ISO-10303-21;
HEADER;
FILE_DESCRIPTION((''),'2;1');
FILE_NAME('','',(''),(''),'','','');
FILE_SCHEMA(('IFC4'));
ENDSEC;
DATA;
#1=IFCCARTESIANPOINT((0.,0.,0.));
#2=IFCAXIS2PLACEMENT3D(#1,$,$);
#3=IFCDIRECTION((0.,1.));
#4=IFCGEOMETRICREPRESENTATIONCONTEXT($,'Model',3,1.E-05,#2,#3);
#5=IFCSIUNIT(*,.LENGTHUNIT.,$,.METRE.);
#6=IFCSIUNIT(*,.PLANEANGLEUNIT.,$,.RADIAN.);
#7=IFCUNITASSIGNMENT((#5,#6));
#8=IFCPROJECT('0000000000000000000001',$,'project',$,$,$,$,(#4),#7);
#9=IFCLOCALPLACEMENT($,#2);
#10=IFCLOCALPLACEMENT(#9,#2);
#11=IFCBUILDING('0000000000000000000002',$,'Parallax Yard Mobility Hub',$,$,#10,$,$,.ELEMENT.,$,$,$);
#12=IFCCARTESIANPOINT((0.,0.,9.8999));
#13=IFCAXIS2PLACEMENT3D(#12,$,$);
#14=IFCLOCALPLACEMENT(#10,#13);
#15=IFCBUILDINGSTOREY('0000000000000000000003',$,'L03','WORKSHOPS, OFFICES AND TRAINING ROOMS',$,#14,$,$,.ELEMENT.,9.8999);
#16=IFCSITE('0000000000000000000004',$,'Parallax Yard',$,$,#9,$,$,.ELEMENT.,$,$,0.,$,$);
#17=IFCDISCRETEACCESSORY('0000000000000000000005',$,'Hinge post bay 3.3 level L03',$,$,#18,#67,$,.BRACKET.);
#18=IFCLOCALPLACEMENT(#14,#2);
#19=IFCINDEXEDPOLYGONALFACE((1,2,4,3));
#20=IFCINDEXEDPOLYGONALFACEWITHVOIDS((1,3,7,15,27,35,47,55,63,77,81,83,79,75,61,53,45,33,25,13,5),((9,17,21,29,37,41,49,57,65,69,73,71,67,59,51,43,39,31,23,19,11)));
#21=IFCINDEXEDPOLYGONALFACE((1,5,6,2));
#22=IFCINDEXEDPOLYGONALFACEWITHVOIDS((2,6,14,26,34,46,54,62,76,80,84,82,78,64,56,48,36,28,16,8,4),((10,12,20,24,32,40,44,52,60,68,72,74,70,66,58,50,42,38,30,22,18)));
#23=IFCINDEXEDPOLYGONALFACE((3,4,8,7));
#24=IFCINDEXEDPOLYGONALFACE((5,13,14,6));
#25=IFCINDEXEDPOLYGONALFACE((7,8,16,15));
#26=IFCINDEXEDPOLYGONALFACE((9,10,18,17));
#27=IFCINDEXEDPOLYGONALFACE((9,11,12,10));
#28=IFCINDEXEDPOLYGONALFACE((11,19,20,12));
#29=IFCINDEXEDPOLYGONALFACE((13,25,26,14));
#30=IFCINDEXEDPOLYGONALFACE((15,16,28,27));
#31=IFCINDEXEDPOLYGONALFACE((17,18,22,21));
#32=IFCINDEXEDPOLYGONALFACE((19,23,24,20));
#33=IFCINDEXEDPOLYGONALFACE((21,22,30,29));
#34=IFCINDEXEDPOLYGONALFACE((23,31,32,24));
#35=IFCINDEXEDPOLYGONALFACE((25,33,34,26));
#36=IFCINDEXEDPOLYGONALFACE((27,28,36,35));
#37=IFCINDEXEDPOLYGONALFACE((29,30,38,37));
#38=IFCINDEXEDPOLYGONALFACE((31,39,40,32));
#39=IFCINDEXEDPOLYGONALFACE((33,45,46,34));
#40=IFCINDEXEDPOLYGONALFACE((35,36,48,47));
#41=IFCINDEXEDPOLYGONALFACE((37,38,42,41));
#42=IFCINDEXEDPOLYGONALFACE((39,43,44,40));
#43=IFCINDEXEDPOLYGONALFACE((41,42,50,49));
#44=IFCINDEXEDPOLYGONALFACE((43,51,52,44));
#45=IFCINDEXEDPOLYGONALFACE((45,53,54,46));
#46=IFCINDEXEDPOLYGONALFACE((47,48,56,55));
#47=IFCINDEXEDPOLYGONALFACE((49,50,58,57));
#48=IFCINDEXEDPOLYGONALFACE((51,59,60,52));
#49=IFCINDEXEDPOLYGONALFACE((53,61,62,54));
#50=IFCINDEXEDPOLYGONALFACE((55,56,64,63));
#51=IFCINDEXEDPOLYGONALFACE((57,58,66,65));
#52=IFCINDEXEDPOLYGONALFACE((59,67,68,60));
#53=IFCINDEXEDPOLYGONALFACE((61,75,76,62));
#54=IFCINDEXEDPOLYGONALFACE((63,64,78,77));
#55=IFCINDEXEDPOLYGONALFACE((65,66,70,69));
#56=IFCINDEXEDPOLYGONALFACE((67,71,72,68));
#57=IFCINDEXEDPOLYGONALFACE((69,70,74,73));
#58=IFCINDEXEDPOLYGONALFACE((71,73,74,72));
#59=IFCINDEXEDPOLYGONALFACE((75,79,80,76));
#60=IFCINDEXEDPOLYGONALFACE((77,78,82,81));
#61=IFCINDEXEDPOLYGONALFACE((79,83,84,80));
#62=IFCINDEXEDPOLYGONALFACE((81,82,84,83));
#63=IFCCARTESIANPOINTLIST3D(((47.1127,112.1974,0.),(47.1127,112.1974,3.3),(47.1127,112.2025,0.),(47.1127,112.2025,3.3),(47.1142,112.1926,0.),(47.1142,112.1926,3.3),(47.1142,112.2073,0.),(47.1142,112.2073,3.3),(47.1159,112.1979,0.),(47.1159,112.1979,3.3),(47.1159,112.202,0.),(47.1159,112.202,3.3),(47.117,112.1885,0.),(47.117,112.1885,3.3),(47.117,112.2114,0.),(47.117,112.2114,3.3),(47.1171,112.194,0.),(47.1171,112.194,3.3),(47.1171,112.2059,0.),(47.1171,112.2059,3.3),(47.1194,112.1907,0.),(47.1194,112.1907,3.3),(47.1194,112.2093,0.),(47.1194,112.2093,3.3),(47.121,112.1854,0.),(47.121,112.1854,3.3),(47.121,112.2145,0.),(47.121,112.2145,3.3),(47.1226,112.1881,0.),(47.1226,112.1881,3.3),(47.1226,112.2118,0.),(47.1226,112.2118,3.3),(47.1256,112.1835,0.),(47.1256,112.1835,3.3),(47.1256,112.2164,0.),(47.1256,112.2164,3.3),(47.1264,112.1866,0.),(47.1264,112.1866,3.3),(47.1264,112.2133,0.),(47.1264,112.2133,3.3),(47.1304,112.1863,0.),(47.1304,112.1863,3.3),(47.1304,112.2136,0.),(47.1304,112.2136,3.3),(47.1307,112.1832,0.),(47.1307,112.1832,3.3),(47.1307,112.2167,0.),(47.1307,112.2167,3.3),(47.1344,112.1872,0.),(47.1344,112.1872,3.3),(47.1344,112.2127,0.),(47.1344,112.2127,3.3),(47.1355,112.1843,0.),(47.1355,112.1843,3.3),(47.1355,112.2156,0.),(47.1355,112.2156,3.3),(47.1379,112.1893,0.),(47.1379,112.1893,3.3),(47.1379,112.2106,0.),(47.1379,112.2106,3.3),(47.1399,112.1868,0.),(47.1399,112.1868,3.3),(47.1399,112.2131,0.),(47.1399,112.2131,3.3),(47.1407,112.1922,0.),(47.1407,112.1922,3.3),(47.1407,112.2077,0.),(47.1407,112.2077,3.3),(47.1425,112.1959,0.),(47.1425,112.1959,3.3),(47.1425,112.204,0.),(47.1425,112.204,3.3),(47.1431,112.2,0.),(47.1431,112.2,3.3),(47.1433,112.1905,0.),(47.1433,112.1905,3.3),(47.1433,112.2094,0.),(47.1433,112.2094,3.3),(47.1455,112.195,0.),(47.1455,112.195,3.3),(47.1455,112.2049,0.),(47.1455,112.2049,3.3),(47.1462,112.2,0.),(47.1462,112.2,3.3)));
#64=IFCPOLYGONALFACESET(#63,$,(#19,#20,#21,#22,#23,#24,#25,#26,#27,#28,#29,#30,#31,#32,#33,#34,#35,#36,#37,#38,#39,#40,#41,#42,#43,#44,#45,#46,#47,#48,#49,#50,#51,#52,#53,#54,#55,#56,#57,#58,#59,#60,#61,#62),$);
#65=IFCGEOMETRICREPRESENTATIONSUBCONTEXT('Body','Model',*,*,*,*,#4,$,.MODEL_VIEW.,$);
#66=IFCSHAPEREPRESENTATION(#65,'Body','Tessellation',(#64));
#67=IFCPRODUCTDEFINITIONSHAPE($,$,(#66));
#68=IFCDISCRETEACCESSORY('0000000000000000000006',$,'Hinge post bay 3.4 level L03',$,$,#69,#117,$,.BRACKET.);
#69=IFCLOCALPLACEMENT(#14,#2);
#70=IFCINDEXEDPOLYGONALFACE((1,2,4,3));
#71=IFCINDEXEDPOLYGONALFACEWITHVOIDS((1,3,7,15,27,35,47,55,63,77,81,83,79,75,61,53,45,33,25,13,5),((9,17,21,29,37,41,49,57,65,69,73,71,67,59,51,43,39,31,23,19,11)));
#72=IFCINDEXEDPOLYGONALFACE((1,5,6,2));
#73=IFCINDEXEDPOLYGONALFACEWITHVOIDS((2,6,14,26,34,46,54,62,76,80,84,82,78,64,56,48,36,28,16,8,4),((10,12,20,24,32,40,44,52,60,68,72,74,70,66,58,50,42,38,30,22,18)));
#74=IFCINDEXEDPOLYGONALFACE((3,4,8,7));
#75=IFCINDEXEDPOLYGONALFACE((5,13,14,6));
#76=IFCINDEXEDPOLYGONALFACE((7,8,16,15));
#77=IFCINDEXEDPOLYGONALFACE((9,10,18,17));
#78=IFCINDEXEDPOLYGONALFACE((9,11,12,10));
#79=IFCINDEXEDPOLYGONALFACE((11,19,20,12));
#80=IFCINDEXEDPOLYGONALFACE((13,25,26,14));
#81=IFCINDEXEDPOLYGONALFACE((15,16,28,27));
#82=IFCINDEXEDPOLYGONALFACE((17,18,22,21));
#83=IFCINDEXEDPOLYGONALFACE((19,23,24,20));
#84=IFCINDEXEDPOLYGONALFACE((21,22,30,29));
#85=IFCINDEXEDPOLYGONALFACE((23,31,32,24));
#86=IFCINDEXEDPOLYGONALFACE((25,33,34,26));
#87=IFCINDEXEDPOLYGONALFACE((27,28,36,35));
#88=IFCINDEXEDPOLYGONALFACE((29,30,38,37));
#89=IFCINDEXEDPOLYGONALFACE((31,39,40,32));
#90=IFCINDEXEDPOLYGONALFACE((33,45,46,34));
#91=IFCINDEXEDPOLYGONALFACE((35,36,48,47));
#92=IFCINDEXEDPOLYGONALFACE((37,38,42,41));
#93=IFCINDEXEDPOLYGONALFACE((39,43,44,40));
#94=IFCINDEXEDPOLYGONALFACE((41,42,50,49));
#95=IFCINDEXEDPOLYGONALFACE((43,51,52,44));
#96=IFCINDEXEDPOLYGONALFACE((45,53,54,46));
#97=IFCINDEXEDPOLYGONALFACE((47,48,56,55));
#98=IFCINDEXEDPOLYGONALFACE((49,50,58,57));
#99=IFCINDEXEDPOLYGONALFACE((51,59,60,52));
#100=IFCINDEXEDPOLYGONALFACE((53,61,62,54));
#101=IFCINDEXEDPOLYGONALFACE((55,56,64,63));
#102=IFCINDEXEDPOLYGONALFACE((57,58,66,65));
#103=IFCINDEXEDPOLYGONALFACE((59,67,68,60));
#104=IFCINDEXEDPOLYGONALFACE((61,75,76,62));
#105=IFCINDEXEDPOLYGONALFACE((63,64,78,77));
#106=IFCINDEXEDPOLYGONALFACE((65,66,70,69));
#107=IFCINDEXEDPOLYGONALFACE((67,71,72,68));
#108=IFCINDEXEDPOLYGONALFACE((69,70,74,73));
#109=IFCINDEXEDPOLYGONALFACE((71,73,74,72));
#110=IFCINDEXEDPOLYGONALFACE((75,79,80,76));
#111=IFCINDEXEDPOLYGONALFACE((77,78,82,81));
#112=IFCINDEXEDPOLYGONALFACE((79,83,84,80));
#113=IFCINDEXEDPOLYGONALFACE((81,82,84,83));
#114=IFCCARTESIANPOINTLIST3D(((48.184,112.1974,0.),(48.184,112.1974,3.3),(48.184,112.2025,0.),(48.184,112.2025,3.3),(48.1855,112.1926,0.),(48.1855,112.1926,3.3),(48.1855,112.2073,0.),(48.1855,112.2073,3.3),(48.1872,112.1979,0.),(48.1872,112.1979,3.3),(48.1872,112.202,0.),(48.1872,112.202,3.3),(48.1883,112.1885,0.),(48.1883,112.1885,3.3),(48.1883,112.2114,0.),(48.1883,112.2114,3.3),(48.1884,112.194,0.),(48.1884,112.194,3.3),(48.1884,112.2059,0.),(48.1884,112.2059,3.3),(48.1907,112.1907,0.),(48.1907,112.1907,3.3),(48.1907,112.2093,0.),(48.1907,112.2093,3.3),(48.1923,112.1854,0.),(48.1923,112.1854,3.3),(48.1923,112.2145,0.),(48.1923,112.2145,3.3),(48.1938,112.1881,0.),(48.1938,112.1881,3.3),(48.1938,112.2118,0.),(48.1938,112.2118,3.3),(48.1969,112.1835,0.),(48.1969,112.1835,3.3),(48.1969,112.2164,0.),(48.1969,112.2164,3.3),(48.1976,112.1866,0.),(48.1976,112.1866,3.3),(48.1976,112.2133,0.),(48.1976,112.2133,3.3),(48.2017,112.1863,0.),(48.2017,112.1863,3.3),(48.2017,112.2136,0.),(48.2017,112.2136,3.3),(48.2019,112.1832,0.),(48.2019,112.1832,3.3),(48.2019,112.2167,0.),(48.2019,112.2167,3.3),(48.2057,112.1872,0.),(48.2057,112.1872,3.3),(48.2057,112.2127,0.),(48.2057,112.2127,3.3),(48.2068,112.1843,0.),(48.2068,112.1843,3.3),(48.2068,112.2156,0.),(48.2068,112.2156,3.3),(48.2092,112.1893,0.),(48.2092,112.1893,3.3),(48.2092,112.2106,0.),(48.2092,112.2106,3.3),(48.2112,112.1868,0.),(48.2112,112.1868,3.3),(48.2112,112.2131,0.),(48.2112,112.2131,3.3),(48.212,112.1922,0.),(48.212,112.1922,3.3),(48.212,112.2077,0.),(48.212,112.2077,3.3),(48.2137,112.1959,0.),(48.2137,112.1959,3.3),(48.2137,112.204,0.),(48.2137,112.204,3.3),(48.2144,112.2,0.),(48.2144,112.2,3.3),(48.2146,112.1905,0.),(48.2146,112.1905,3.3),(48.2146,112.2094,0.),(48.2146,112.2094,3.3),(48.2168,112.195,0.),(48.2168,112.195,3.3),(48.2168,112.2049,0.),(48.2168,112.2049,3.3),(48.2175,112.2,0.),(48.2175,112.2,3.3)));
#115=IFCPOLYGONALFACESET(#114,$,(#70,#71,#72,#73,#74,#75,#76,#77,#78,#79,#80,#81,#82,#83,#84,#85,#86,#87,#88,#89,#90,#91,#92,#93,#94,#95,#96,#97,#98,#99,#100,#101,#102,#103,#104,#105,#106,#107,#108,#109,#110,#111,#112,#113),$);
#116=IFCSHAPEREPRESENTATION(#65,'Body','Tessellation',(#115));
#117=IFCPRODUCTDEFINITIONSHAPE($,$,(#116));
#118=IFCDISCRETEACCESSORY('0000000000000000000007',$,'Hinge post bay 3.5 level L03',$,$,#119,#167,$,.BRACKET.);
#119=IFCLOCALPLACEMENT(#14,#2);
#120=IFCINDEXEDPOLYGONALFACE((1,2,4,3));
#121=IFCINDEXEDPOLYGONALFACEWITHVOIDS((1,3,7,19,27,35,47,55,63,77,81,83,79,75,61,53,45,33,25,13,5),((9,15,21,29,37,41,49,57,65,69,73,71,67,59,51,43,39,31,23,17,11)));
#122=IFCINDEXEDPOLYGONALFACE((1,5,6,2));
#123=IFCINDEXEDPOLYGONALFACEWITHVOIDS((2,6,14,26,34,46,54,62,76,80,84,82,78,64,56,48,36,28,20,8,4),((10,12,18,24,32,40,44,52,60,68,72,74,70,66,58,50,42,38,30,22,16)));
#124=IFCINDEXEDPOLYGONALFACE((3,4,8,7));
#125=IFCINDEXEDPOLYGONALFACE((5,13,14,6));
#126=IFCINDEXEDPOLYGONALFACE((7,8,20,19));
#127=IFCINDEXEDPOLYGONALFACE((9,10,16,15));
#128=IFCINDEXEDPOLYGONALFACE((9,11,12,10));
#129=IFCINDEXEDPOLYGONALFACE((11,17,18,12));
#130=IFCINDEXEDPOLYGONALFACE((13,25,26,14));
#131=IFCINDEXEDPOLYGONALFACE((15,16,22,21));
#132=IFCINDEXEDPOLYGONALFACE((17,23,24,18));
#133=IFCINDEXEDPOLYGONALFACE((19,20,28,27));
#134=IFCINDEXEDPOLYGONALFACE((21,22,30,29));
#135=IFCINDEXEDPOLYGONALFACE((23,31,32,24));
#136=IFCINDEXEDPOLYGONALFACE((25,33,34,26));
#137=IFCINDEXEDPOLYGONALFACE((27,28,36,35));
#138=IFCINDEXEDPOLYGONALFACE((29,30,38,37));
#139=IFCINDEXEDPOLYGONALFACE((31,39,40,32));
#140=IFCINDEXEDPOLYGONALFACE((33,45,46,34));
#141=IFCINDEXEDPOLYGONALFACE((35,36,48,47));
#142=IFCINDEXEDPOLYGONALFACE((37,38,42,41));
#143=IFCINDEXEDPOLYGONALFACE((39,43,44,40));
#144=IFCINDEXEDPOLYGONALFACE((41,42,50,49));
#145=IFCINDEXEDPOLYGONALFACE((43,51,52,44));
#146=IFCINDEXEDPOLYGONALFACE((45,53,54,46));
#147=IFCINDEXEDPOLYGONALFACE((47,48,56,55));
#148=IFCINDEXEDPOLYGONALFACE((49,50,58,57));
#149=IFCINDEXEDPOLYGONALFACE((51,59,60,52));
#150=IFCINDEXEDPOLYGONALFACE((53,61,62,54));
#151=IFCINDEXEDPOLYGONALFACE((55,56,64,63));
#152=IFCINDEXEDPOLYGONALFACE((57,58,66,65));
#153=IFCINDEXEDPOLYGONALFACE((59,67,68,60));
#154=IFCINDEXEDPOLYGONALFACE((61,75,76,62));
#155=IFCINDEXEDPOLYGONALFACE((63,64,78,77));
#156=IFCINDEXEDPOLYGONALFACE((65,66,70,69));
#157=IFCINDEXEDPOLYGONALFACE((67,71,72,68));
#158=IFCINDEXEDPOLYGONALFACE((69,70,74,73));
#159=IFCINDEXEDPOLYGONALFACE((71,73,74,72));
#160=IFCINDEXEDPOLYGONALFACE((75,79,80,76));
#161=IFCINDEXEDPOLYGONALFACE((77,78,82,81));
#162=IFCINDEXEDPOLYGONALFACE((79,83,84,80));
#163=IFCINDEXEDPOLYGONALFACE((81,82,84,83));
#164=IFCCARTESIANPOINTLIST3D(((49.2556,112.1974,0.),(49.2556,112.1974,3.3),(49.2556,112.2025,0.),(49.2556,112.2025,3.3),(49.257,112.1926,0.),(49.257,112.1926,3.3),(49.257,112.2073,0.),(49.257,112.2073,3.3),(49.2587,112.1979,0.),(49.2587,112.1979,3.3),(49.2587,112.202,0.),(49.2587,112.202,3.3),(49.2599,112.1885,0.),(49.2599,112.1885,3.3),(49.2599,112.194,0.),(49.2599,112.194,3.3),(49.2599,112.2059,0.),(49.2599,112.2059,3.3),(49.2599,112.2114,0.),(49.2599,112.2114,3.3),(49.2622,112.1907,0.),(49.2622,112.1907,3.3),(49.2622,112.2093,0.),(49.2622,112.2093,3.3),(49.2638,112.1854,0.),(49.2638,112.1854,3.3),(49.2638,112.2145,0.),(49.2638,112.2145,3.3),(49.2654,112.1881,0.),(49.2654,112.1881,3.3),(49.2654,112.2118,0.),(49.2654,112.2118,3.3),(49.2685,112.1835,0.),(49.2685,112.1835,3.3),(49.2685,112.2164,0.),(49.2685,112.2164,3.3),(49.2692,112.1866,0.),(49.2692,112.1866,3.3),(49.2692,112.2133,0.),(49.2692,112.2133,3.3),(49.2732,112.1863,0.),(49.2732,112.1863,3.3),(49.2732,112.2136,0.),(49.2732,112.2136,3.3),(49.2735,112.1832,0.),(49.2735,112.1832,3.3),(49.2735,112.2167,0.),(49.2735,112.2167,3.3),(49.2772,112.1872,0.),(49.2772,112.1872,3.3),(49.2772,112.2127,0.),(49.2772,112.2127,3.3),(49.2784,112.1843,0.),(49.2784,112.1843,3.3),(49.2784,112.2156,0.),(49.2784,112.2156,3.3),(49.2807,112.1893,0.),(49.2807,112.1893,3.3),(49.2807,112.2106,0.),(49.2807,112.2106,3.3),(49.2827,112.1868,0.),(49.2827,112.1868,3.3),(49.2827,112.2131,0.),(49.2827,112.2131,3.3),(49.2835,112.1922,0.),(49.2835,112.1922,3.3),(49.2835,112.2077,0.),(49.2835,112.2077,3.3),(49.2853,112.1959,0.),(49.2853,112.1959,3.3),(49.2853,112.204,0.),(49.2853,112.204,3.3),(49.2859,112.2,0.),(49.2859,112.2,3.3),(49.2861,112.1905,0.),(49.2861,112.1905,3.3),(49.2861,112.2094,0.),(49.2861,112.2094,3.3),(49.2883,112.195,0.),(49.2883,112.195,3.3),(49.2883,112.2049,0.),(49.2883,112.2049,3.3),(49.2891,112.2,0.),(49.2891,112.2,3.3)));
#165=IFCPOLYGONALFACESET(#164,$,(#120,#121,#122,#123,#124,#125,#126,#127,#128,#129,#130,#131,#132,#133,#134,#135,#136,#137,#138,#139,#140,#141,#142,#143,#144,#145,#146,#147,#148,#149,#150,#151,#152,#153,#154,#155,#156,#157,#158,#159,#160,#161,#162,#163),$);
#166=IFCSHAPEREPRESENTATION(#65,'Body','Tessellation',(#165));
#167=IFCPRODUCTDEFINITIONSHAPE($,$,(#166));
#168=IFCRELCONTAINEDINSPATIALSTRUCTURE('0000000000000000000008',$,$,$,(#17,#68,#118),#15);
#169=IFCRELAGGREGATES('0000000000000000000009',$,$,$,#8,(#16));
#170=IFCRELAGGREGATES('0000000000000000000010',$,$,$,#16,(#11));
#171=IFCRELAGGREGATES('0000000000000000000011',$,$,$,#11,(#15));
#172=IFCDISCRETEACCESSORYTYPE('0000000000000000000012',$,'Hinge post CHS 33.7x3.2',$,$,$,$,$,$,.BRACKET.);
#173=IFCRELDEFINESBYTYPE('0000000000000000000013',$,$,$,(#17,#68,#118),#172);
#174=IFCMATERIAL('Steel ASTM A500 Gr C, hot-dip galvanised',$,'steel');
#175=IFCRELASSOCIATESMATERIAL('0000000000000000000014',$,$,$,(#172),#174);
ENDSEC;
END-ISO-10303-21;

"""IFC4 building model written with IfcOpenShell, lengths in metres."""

from ifc_helpers import new_model, si_unit, direction, frame, origin, origin_2d, place, context, subcontext, project, spatial, hollow_circle, extrude, material, material_profile, profile_set, type_object, element, save


model = new_model("IFC4")

# Units and contexts
model_context = context("Model", 3, precision=1e-05, world=origin(), true_north=direction((0.0, 1.0)))
body_context = subcontext(model_context, "Body", "Model", "MODEL_VIEW")
ifc_project = project(units=[si_unit("LENGTHUNIT", "METRE"), si_unit("PLANEANGLEUNIT", "RADIAN")], contexts=[model_context])

# Site, building, storey
site_placement = place(None, origin())
site = spatial("IfcSite", under=ifc_project, at=site_placement, Name="Parallax Yard", CompositionType="ELEMENT", RefElevation=0.0)
building_placement = place(site_placement, origin())
building = spatial("IfcBuilding", under=site, at=building_placement, Name="Parallax Yard Mobility Hub", CompositionType="ELEMENT")
storey_placement = place(building_placement, frame((0.0, 0.0, 9.8999)))
storey = spatial("IfcBuildingStorey", under=building, at=storey_placement, Name="L03", Description="WORKSHOPS, OFFICES AND TRAINING ROOMS", CompositionType="ELEMENT", Elevation=9.8999)

# Discrete accessories
ifc_material_1 = material(Name="Steel ASTM A500 Gr C, hot-dip galvanised", Category="steel")
ifc_material_profile_1 = material_profile(ifc_material_1, hollow_circle(Radius=0.0168, WallThickness=0.0032, at=origin_2d()), Name="CHS 33.7x3.2")
ifc_profile_set_1 = profile_set([ifc_material_profile_1], Name="Steel ASTM A500 Gr C, hot-dip galvanised")
discrete_accessory_type_1 = type_object("IfcDiscreteAccessoryType", Name="Hinge post CHS 33.7x3.2", PredefinedType="BRACKET", material=ifc_profile_set_1)
for number, where, z_axis, x_axis, name in (
    (1, (47.1294, 112.2, 0.0), (0.0, 0.0, 1.0), (1.0, 0.0, 0.0), "Hinge post bay 3.3 level L03"),
    (2, (48.2007, 112.2, 0.0), (0.0, 0.0, 1.0), (1.0, 0.0, 0.0), "Hinge post bay 3.4 level L03"),
    (3, (49.2722, 112.2, 0.0), (0.0, 0.0, 1.0), (1.0, 0.0, 0.0), "Hinge post bay 3.5 level L03"),
):
    element("IfcDiscreteAccessory", number, at=place(storey_placement, frame(where, z_axis=z_axis, x_axis=x_axis)), inside=storey, type_object=discrete_accessory_type_1, Name=name, PredefinedType="BRACKET", context=body_context, shape_type="SweptSolid", body=[
        extrude(hollow_circle(Radius=0.0168, WallThickness=0.0032, at=origin_2d()), origin(), (0.0, 0.0, 1.0), 3.3),
    ])

save(model, "model.ifc")
